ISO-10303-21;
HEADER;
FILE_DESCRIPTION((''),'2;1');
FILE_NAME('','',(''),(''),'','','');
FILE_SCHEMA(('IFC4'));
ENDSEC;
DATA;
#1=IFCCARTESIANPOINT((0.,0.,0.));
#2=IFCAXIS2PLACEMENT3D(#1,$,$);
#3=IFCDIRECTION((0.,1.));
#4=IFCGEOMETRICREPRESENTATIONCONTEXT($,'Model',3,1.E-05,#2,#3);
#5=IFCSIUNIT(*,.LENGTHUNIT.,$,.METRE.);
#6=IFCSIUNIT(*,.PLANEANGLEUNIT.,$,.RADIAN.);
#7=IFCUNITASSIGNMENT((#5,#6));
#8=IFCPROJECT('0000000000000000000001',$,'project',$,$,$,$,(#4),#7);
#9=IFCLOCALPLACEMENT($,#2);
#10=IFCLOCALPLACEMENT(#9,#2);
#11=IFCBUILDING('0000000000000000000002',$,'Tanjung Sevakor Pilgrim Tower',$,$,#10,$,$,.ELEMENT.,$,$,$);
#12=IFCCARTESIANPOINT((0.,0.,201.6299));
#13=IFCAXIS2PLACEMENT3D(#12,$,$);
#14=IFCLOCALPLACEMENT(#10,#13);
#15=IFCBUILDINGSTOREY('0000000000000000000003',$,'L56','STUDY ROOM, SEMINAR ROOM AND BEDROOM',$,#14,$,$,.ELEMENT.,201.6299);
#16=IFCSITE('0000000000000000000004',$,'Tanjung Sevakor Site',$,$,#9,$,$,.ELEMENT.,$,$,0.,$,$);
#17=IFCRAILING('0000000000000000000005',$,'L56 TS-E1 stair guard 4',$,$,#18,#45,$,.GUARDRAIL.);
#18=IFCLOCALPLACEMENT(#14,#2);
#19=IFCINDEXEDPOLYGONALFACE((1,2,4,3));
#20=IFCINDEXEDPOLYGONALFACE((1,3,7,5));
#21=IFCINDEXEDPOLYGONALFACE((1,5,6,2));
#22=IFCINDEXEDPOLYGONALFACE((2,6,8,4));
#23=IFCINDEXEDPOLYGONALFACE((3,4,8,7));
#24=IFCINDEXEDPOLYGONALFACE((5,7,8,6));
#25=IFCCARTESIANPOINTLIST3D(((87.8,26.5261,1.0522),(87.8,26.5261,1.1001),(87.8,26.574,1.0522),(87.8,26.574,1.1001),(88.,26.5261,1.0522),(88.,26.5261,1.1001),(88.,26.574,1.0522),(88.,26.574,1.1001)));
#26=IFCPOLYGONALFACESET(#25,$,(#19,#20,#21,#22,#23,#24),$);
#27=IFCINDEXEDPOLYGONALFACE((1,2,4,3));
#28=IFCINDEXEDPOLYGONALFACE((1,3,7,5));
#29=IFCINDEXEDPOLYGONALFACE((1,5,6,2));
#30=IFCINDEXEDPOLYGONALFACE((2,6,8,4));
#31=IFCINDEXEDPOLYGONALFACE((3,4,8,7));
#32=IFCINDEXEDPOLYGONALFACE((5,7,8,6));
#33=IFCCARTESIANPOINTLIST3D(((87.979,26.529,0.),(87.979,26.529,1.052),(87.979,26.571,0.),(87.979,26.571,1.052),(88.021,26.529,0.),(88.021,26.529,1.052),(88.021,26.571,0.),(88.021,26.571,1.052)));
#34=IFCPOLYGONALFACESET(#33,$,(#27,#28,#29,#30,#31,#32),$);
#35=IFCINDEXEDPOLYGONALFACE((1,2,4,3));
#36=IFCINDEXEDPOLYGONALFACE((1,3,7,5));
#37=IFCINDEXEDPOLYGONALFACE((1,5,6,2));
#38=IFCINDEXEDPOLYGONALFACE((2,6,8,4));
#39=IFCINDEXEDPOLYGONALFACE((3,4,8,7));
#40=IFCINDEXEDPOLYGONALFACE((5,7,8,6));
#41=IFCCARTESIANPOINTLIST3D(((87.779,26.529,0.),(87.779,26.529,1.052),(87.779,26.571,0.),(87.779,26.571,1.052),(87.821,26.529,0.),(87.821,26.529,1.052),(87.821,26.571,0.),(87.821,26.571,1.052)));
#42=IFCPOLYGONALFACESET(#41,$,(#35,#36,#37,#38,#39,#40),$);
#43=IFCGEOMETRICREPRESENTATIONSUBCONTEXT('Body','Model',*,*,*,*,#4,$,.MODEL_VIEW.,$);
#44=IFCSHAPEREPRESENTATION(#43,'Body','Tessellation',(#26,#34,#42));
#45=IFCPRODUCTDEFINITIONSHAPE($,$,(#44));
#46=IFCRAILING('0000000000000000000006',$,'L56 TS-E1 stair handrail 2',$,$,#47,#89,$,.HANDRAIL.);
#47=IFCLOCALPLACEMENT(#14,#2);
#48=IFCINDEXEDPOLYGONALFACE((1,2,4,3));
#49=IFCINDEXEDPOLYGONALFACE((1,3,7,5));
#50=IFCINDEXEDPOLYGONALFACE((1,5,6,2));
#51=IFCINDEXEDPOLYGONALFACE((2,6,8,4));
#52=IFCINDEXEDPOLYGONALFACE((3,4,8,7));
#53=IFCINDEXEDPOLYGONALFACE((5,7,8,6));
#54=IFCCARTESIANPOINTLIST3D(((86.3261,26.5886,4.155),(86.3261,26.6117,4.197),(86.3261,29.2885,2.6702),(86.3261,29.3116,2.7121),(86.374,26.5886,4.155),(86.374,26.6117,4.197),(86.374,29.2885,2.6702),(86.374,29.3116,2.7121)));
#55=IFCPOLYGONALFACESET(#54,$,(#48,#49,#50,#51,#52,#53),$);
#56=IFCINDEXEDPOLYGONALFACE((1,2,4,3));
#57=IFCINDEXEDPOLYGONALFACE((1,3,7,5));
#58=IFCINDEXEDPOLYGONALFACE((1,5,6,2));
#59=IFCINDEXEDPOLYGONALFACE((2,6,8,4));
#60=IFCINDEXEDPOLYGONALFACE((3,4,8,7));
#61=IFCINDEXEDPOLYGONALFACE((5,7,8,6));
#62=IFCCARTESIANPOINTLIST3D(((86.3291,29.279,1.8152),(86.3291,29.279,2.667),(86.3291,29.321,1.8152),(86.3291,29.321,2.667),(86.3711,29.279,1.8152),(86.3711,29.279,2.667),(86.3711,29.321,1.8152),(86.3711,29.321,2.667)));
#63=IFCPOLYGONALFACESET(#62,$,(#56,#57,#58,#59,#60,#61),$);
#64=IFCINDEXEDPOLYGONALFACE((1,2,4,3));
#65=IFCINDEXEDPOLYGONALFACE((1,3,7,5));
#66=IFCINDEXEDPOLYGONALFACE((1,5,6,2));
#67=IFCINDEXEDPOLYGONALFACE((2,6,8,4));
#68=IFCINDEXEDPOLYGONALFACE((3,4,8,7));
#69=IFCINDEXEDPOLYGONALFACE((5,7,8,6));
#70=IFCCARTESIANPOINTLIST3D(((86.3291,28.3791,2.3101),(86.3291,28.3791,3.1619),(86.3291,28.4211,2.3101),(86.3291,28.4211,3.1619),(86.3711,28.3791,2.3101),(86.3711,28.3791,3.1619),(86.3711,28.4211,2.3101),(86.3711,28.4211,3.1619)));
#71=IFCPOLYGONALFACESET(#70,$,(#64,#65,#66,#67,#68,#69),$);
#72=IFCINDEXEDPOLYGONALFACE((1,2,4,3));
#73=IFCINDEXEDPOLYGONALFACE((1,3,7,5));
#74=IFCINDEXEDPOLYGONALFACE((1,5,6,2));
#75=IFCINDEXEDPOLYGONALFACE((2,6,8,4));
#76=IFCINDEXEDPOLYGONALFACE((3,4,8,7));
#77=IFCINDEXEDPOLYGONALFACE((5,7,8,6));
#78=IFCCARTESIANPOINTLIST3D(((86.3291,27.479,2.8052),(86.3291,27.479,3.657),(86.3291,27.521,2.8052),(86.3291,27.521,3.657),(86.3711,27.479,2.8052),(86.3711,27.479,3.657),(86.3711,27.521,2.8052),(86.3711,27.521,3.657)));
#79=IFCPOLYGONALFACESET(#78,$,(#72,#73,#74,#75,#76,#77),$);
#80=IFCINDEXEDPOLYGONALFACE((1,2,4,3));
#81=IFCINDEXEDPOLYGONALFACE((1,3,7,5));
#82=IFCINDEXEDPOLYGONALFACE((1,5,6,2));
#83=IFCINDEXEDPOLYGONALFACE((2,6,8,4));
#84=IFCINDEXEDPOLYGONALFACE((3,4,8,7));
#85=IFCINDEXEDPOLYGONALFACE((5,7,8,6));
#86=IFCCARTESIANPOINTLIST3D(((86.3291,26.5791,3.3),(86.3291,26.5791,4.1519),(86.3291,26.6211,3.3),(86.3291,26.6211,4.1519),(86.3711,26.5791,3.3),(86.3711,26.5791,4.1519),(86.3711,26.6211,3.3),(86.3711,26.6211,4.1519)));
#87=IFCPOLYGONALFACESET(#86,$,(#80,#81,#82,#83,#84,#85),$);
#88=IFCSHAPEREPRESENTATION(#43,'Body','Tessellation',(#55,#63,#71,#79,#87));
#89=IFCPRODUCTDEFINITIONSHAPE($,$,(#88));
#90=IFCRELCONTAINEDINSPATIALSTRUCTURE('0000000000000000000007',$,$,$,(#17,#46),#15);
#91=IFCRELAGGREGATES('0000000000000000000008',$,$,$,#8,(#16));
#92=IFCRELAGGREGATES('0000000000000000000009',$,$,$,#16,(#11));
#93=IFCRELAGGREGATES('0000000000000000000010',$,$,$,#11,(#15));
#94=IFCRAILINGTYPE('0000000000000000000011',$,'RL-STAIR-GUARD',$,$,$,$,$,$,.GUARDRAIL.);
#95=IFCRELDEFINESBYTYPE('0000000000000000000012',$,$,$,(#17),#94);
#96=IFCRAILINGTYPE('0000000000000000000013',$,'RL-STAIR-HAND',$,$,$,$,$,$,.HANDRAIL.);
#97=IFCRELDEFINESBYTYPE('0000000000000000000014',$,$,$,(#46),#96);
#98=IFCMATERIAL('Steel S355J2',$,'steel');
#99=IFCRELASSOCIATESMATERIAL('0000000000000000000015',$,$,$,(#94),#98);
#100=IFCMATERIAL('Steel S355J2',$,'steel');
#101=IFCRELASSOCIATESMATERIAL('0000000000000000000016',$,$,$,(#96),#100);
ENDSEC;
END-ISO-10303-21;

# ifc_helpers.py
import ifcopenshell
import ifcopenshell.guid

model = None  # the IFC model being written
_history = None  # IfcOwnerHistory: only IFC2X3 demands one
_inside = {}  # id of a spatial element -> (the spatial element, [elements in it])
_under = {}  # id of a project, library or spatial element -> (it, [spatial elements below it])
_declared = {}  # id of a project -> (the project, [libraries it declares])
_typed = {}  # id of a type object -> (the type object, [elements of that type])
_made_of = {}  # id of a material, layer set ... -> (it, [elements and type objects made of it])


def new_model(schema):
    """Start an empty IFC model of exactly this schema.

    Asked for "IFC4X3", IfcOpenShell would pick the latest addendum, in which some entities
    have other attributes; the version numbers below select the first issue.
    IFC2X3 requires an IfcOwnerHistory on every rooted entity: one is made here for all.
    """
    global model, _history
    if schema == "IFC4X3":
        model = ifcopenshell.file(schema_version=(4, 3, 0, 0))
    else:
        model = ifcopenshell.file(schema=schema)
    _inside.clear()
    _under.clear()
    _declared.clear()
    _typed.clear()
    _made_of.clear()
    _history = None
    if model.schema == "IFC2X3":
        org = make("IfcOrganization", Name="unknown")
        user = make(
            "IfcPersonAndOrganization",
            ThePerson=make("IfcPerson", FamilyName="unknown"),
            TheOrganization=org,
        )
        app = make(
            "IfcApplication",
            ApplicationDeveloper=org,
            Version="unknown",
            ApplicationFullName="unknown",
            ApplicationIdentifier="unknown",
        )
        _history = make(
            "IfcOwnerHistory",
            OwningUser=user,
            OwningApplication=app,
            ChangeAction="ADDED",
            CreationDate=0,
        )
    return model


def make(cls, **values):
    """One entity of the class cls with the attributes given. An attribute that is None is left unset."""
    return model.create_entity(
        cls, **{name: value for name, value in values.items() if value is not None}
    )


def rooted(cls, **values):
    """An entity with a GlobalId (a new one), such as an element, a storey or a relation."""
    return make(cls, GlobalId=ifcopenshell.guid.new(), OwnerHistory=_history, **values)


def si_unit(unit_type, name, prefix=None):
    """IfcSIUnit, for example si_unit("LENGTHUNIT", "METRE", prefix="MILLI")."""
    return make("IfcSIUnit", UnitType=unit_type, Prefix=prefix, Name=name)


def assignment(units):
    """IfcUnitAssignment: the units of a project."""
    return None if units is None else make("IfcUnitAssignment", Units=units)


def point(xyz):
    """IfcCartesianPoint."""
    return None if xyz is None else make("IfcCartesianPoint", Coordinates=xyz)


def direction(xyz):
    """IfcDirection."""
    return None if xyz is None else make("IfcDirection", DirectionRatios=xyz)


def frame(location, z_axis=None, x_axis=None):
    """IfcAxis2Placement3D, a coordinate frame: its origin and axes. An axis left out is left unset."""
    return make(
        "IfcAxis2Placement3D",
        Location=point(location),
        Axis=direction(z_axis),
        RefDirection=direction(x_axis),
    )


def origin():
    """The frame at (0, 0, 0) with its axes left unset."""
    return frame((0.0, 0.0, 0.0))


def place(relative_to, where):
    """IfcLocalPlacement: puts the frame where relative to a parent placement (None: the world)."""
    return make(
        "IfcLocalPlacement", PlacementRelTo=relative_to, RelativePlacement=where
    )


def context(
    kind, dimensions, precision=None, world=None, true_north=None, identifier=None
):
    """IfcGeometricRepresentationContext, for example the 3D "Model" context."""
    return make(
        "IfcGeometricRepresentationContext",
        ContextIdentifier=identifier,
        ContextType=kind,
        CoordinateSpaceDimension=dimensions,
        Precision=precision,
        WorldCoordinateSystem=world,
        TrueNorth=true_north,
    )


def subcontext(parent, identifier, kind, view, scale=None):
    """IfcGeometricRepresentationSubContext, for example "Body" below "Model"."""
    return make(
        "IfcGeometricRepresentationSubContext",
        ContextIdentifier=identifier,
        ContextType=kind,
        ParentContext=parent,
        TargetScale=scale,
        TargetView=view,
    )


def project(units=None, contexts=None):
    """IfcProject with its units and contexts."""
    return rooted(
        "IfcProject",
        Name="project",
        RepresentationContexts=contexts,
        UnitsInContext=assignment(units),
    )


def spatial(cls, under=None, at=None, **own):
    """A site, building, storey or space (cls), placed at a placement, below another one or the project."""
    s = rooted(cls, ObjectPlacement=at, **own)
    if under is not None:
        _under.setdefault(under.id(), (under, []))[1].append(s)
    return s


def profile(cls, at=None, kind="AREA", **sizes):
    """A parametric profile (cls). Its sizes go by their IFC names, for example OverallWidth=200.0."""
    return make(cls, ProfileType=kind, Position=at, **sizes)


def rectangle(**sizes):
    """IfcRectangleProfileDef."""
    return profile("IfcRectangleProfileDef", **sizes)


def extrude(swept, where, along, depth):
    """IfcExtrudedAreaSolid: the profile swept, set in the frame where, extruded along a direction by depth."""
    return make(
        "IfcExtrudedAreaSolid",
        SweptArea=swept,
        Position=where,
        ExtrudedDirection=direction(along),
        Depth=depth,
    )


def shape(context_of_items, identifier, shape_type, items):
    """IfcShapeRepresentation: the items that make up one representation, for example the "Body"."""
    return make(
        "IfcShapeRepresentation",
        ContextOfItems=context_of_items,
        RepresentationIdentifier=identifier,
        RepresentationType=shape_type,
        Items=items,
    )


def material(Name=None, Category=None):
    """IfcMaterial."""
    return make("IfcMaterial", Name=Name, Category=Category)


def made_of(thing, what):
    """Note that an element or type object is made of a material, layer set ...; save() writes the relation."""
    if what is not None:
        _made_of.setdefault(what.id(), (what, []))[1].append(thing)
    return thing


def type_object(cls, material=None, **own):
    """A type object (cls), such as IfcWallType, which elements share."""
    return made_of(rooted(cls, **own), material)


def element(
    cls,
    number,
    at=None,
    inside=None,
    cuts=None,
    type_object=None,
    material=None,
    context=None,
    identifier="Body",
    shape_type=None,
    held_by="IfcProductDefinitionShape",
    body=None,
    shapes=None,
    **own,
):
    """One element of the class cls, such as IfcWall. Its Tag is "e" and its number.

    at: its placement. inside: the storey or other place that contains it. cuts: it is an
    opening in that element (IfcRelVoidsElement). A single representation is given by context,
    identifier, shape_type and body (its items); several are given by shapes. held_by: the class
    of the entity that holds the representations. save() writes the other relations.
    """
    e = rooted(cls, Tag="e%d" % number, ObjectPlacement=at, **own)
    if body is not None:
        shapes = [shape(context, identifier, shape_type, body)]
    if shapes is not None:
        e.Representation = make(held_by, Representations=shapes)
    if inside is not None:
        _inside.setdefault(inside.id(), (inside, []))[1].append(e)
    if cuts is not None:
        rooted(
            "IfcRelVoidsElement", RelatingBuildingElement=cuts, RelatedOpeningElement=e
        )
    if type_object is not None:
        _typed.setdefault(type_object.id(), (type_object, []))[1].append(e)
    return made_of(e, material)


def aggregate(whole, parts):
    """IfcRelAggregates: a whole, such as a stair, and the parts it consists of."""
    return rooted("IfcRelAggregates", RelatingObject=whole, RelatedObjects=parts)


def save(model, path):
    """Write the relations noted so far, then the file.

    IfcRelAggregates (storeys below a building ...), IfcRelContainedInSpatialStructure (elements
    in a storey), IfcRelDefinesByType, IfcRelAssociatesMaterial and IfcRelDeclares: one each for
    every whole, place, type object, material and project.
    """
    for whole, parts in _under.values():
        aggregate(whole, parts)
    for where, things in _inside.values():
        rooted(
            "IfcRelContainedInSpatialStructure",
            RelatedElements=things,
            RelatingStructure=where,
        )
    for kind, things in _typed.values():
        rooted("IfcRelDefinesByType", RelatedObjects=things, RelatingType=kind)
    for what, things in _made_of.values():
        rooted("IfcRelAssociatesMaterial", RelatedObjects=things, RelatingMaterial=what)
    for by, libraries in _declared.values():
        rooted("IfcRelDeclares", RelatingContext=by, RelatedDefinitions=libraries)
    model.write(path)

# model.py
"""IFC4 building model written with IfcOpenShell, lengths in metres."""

from ifc_helpers import new_model, si_unit, direction, frame, origin, place, context, subcontext, project, spatial, rectangle, extrude, material, type_object, element, save


model = new_model("IFC4")

# Units and contexts
model_context = context("Model", 3, precision=1e-05, world=origin(), true_north=direction((0.0, 1.0)))
body_context = subcontext(model_context, "Body", "Model", "MODEL_VIEW")
ifc_project = project(units=[si_unit("LENGTHUNIT", "METRE"), si_unit("PLANEANGLEUNIT", "RADIAN")], contexts=[model_context])

# Site, building, storey
site_placement = place(None, origin())
site = spatial("IfcSite", under=ifc_project, at=site_placement, Name="Tanjung Sevakor Site", CompositionType="ELEMENT", RefElevation=0.0)
building_placement = place(site_placement, origin())
building = spatial("IfcBuilding", under=site, at=building_placement, Name="Tanjung Sevakor Pilgrim Tower", CompositionType="ELEMENT")
storey_placement = place(building_placement, frame((0.0, 0.0, 201.6299)))
storey = spatial("IfcBuildingStorey", under=building, at=storey_placement, Name="L56", Description="STUDY ROOM, SEMINAR ROOM AND BEDROOM", CompositionType="ELEMENT", Elevation=201.6299)

# Railings
ifc_material_1 = material(Name="Steel S355J2", Category="steel")
railing_type_1 = type_object("IfcRailingType", Name="RL-STAIR-GUARD", PredefinedType="GUARDRAIL", material=ifc_material_1)
railing_1_placement = place(storey_placement, frame((88.0, 26.55, 0.0)))
element("IfcRailing", 1, at=railing_1_placement, inside=storey, type_object=railing_type_1, Name="L56 TS-E1 stair guard 4", PredefinedType="GUARDRAIL", context=body_context, shape_type="SweptSolid", body=[
    extrude(rectangle(XDim=0.0479, YDim=0.0479), frame((0.0, 0.0, 1.0762), z_axis=(-1.0, 0.0, 0.0), x_axis=(0.0, -1.0, 0.0)), (0.0, 0.0, 1.0), 0.2),
    extrude(rectangle(XDim=0.042, YDim=0.042), origin(), (0.0, 0.0, 1.0), 1.052),
    extrude(rectangle(XDim=0.042, YDim=0.042), frame((-0.2, 0.0, 0.0)), (0.0, 0.0, 1.0), 1.052),
])
ifc_material_2 = material(Name="Steel S355J2", Category="steel")
railing_type_2 = type_object("IfcRailingType", Name="RL-STAIR-HAND", PredefinedType="HANDRAIL", material=ifc_material_2)
railing_2_placement = place(storey_placement, frame((86.3501, 29.3, 1.8152)))
element("IfcRailing", 2, at=railing_2_placement, inside=storey, type_object=railing_type_2, Name="L56 TS-E1 stair handrail 2", PredefinedType="HANDRAIL", context=body_context, shape_type="SweptSolid", body=[
    extrude(rectangle(XDim=0.0479, YDim=0.0479), frame((0.0, 0.0, 0.876), z_axis=(0.0, -0.876231, 0.481891), x_axis=(1.0, 0.0, 0.0)), (0.0, 0.0, 1.0), 3.0813),
    extrude(rectangle(XDim=0.042, YDim=0.042), origin(), (0.0, 0.0, 1.0), 0.8518),
    extrude(rectangle(XDim=0.042, YDim=0.042), frame((0.0, -0.8999, 0.4949)), (0.0, 0.0, 1.0), 0.8518),
    extrude(rectangle(XDim=0.042, YDim=0.042), frame((0.0, -1.8, 0.99)), (0.0, 0.0, 1.0), 0.8518),
    extrude(rectangle(XDim=0.042, YDim=0.042), frame((0.0, -2.7, 1.4849)), (0.0, 0.0, 1.0), 0.8518),
])

save(model, "model.ifc")
